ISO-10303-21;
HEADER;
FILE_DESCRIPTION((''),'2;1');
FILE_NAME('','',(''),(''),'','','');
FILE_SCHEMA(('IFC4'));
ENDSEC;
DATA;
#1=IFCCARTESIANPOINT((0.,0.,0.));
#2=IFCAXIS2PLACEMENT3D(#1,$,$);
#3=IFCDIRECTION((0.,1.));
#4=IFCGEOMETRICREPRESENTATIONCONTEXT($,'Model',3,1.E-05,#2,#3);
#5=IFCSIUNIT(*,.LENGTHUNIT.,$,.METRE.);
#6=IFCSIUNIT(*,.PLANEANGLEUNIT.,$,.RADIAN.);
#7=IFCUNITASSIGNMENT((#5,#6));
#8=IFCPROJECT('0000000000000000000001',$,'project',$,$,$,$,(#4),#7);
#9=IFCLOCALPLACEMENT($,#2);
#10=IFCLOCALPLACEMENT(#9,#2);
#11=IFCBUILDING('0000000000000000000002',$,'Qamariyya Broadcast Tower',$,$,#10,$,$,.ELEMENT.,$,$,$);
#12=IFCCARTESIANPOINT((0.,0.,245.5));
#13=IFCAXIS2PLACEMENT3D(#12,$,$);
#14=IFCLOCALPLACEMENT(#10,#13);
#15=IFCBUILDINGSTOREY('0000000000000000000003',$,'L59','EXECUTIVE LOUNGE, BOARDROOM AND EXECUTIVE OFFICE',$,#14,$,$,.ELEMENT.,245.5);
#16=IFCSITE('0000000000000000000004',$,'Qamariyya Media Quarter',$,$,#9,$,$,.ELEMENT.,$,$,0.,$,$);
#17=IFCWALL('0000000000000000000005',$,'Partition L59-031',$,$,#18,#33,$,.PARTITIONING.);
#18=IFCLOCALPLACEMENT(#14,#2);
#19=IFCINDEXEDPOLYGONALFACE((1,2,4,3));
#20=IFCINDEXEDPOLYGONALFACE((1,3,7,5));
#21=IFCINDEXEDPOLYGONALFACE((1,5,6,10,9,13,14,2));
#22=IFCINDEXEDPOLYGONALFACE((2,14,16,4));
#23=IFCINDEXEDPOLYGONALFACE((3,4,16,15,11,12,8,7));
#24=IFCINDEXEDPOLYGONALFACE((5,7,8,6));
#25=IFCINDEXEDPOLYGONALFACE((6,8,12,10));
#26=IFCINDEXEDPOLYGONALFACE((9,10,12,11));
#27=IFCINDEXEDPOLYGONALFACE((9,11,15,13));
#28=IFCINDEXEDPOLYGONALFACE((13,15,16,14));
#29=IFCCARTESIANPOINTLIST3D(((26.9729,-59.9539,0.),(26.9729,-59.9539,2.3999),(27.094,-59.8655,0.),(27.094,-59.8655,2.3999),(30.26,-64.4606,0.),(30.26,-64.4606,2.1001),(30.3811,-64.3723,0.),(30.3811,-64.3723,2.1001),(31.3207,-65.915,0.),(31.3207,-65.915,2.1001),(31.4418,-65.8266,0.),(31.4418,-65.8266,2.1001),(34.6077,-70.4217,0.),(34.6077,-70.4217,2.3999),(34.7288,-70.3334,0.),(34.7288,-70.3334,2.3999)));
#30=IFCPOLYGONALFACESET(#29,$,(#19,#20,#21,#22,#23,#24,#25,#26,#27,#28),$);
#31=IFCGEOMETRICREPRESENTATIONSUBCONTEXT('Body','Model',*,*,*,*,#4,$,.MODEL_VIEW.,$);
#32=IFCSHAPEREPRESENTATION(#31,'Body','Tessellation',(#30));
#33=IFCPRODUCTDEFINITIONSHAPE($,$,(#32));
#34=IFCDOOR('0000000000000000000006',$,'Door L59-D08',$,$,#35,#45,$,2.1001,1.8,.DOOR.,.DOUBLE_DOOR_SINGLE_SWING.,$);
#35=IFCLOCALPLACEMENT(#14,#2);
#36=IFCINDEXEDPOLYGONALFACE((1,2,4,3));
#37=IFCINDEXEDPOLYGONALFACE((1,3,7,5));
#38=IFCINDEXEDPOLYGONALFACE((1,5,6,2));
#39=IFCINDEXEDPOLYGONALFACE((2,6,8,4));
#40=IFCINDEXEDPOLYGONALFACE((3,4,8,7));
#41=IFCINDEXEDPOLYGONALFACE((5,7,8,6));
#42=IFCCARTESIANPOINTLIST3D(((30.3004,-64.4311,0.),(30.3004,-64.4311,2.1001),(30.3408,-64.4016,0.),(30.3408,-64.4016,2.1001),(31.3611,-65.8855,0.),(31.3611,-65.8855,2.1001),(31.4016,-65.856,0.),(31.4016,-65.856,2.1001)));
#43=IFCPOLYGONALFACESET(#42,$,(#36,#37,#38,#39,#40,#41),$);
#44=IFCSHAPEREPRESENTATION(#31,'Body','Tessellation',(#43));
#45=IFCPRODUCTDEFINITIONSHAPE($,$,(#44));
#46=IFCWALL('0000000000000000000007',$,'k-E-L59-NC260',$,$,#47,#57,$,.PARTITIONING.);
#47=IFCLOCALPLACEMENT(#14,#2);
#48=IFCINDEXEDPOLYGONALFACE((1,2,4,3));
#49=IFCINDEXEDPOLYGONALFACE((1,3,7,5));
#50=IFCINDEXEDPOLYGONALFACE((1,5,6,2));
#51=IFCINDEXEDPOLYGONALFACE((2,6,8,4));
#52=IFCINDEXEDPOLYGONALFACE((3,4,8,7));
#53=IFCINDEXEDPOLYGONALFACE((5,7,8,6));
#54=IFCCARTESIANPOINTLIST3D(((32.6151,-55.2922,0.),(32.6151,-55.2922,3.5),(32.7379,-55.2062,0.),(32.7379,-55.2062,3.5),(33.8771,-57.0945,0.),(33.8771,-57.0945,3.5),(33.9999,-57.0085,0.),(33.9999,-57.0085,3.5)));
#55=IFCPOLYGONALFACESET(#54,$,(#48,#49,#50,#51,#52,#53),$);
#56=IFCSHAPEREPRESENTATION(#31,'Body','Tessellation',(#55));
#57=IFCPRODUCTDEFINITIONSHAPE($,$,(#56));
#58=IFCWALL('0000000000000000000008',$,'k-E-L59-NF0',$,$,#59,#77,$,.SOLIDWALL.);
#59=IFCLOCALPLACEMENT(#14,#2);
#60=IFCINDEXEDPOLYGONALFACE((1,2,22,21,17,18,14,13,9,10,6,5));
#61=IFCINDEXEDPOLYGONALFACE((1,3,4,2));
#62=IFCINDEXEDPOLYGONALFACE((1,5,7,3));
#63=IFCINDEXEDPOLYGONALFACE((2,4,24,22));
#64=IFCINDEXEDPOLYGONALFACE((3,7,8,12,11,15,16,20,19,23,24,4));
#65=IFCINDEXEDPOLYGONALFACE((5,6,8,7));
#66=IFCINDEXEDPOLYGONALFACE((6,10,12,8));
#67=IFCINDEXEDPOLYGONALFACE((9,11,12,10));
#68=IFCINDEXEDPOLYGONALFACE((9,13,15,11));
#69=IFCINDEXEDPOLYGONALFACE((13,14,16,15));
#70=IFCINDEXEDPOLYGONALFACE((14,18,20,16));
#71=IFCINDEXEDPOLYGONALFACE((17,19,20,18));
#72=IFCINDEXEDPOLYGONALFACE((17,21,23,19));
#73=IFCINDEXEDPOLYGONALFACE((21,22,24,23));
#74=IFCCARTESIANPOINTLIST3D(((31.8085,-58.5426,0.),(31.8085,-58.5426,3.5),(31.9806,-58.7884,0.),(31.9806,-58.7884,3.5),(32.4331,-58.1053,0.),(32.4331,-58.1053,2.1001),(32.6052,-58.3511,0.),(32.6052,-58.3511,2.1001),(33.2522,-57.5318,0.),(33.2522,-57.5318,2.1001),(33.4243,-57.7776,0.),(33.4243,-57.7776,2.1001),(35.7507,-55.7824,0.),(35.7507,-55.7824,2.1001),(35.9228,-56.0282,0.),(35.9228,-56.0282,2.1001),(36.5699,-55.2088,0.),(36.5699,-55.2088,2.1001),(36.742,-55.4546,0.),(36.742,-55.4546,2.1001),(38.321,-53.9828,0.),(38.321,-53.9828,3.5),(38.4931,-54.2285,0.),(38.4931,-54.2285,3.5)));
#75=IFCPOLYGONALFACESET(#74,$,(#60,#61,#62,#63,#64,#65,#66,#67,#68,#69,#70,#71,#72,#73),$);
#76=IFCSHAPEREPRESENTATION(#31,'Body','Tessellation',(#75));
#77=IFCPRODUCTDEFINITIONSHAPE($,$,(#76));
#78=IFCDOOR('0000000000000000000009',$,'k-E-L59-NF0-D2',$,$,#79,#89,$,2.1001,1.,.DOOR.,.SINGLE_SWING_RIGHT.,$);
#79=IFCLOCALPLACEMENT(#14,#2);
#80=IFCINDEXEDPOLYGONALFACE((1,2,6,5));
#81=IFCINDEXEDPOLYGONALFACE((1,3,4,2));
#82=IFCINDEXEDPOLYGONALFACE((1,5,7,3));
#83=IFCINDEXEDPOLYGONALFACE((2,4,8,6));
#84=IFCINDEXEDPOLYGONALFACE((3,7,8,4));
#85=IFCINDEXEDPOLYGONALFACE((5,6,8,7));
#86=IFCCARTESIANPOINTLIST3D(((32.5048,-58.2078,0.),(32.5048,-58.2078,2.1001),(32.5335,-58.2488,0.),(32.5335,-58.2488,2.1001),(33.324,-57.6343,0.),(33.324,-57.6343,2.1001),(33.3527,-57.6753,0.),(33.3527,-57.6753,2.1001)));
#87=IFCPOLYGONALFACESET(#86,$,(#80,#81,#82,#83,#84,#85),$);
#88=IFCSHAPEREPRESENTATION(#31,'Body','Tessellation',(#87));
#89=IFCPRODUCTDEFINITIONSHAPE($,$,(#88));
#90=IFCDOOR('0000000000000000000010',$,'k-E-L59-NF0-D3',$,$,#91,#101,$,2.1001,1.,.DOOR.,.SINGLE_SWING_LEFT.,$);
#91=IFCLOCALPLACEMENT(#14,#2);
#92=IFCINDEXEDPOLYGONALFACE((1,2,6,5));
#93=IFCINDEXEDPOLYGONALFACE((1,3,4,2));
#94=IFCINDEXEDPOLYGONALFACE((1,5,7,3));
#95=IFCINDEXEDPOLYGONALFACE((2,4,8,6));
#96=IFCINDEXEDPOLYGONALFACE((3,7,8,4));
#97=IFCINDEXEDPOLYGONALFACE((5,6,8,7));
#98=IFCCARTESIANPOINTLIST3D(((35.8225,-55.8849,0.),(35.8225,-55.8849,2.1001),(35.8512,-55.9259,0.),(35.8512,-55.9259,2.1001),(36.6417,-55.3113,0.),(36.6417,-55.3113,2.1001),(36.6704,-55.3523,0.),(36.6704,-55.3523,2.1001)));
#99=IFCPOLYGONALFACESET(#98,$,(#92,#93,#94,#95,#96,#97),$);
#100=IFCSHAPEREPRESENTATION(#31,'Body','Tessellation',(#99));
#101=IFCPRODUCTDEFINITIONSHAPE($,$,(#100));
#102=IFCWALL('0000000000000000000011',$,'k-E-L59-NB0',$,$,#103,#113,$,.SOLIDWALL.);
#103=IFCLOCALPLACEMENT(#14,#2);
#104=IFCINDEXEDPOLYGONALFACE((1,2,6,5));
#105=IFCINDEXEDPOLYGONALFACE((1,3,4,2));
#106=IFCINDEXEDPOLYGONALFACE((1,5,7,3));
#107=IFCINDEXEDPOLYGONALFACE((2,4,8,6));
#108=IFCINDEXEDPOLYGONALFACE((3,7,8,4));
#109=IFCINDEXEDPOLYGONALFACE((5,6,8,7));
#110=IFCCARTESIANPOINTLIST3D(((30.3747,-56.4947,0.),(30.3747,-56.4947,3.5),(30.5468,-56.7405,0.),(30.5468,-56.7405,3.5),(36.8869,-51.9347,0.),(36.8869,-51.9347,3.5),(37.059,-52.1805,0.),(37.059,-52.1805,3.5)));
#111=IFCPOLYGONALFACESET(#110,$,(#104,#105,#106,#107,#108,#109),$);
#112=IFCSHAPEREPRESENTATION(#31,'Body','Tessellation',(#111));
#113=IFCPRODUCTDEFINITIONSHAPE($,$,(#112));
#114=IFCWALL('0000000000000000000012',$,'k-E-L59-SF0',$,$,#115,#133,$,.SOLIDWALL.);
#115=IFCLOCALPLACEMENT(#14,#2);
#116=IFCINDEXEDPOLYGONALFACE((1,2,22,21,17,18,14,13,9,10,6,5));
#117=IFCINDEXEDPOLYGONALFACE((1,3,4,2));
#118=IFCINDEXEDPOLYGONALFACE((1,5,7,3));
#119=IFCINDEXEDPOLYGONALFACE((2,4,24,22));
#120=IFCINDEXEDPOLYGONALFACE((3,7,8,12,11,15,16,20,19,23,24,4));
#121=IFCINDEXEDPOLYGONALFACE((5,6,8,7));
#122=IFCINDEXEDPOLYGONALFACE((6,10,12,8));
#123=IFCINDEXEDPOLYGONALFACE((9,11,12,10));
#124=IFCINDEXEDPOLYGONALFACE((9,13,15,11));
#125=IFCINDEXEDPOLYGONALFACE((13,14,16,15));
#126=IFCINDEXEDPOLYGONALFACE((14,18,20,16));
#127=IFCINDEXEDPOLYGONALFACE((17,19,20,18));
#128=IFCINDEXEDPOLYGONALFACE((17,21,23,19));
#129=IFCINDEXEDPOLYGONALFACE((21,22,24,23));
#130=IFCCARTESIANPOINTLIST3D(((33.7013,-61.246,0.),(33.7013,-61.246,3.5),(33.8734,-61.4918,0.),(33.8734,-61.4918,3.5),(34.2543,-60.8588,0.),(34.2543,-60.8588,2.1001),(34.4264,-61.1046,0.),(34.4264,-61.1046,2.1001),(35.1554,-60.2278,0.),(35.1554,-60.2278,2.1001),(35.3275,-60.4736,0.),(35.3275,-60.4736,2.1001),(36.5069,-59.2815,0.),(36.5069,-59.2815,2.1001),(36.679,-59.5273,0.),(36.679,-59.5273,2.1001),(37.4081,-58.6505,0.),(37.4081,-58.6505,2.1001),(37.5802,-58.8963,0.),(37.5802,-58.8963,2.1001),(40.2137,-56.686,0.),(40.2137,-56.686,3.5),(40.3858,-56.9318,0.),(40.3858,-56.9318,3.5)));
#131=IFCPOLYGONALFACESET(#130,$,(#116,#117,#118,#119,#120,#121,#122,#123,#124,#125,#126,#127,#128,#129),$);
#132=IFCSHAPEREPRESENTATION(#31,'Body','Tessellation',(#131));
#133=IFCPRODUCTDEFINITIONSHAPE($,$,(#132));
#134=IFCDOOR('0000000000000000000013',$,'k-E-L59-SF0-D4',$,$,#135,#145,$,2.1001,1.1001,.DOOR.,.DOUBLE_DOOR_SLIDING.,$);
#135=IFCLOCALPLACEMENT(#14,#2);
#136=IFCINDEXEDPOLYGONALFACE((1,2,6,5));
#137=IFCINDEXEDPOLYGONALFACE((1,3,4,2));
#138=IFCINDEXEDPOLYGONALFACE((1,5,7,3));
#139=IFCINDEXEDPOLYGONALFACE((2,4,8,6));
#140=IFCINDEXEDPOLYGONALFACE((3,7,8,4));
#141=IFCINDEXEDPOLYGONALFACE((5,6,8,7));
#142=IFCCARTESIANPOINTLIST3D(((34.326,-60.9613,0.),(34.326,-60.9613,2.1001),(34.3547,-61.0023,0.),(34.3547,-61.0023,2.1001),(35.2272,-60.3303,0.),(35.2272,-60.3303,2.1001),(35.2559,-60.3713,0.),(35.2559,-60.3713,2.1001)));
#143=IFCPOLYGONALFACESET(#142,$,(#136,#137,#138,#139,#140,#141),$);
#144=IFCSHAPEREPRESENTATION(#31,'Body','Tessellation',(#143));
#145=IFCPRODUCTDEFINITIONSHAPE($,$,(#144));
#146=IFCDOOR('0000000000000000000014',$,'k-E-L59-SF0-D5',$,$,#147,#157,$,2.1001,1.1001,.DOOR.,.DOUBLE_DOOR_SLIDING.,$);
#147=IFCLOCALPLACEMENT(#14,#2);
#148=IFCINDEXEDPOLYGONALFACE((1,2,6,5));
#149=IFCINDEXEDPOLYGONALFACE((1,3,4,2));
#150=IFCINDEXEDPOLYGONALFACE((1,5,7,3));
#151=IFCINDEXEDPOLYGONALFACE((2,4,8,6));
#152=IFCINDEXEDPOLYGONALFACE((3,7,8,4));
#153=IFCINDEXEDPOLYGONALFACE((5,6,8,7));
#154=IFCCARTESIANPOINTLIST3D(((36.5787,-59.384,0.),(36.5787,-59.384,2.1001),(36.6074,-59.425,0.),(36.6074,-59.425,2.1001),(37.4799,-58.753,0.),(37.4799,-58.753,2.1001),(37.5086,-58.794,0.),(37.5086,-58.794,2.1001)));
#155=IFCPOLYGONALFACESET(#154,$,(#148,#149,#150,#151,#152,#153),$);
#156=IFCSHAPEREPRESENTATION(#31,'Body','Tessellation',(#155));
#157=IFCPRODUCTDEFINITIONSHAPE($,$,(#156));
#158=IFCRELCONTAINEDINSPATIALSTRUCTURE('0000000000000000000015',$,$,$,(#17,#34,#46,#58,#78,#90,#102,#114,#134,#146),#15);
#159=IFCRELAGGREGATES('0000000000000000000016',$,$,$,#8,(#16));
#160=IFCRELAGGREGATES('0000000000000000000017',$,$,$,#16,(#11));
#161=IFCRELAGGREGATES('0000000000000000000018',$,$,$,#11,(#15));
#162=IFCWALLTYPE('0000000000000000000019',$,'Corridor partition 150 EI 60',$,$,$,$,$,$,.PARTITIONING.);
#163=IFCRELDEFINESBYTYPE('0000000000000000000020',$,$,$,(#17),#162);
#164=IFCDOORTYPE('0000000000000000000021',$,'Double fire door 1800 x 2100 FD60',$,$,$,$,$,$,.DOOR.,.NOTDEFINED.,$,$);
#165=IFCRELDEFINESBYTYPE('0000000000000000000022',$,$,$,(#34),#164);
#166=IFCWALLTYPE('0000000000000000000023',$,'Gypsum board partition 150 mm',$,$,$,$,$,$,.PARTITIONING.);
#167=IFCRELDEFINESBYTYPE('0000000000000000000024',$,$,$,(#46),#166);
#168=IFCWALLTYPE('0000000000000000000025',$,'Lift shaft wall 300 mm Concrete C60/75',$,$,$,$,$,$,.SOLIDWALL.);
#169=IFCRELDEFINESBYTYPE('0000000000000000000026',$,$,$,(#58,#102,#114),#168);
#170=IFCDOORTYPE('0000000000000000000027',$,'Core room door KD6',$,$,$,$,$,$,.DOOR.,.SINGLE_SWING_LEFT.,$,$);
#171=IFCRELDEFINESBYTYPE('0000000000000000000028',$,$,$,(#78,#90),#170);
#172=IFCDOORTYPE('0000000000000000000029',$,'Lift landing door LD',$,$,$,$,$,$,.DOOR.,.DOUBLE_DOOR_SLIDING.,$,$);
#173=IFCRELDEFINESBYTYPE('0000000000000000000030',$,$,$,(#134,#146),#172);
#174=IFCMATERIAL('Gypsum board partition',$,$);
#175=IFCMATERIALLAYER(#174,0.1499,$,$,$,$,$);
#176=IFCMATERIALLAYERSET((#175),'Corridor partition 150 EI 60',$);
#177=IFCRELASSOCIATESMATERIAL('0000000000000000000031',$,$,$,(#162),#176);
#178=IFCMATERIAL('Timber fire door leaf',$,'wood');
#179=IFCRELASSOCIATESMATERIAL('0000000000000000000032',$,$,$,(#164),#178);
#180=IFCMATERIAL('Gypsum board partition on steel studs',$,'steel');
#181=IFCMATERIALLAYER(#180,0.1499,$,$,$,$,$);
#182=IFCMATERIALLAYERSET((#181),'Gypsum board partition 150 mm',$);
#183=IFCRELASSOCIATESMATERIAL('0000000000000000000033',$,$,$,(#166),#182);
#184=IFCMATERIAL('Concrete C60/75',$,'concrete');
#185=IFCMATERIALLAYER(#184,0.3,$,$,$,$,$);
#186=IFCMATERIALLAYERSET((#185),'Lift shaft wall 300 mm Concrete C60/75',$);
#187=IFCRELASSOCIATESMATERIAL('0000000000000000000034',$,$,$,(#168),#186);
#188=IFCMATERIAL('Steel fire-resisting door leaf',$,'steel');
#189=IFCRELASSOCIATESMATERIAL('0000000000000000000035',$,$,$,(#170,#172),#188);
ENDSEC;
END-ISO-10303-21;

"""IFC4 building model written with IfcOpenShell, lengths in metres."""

from ifc_helpers import new_model, si_unit, direction, frame, frame_2d, origin, place, context, subcontext, project, spatial, rectangle, extrude, material, layer, layer_set, type_object, element, fill, save


model = new_model("IFC4")

# Units and contexts
model_context = context("Model", 3, precision=1e-05, world=origin(), true_north=direction((0.0, 1.0)))
body_context = subcontext(model_context, "Body", "Model", "MODEL_VIEW")
ifc_project = project(units=[si_unit("LENGTHUNIT", "METRE"), si_unit("PLANEANGLEUNIT", "RADIAN")], contexts=[model_context])

# Site, building, storey
site_placement = place(None, origin())
site = spatial("IfcSite", under=ifc_project, at=site_placement, Name="Qamariyya Media Quarter", CompositionType="ELEMENT", RefElevation=0.0)
building_placement = place(site_placement, origin())
building = spatial("IfcBuilding", under=site, at=building_placement, Name="Qamariyya Broadcast Tower", CompositionType="ELEMENT")
storey_placement = place(building_placement, frame((0.0, 0.0, 245.5)))
storey = spatial("IfcBuildingStorey", under=building, at=storey_placement, Name="L59", Description="EXECUTIVE LOUNGE, BOARDROOM AND EXECUTIVE OFFICE", CompositionType="ELEMENT", Elevation=245.5)

# Shared definitions
ifc_material_1 = material(Name="Concrete C60/75", Category="concrete")

# Shared definitions
ifc_material_2 = material(Name="Steel fire-resisting door leaf", Category="steel")

# Wall, opening, door
ifc_material_3 = material(Name="Gypsum board partition")
ifc_layer_1 = layer(ifc_material_3, 0.1499)
ifc_layer_set_1 = layer_set([ifc_layer_1], Name="Corridor partition 150 EI 60")
wall_type_1 = type_object("IfcWallType", Name="Corridor partition 150 EI 60", PredefinedType="PARTITIONING", material=ifc_layer_set_1)
wall_1_placement = place(storey_placement, frame((34.6682, -70.3774, 0.0), z_axis=(0.0, 0.0, 1.0), x_axis=(-0.589274, 0.807934, 0.0)))
wall_1 = element("IfcWall", 1, at=wall_1_placement, inside=storey, type_object=wall_type_1, Name="Partition L59-031", PredefinedType="PARTITIONING", context=body_context, shape_type="SweptSolid", body=[
    extrude(rectangle(XDim=12.9563, YDim=0.1499, at=frame_2d((6.478, 0.0))), origin(), (0.0, 0.0, 1.0), 2.3999),
])
opening_1_placement = place(wall_1_placement, frame((5.5781, 0.0, 0.0)))
opening_1 = element("IfcOpeningElement", 2, at=opening_1_placement, cuts=wall_1, PredefinedType="OPENING", context=body_context, shape_type="SweptSolid", body=[
    extrude(rectangle(XDim=1.8, YDim=2.1001, at=frame_2d((0.8999, 1.05))), frame((0.0, 0.085, 0.0), z_axis=(0.0, -1.0, 0.0), x_axis=(1.0, 0.0, 0.0)), (0.0, 0.0, 1.0), 0.1699),
])
ifc_material_4 = material(Name="Timber fire door leaf", Category="wood")
door_type_1 = type_object("IfcDoorType", Name="Double fire door 1800 x 2100 FD60", OperationType="NOTDEFINED", PredefinedType="DOOR", material=ifc_material_4)
door_1_placement = place(opening_1_placement, origin())
door_1 = element("IfcDoor", 3, at=door_1_placement, inside=storey, type_object=door_type_1, Name="Door L59-D08", OperationType="DOUBLE_DOOR_SINGLE_SWING", OverallHeight=2.1001, OverallWidth=1.8, PredefinedType="DOOR", context=body_context, shape_type="SweptSolid", body=[
    extrude(rectangle(XDim=1.8, YDim=2.1001, at=frame_2d((0.8999, 1.05))), frame((0.0, 0.0249, 0.0), z_axis=(0.0, -1.0, 0.0), x_axis=(1.0, 0.0, 0.0)), (0.0, 0.0, 1.0), 0.05),
])
fill(opening_1, door_1)

# Wall
ifc_material_5 = material(Name="Gypsum board partition on steel studs", Category="steel")
ifc_layer_2 = layer(ifc_material_5, 0.1499)
ifc_layer_set_2 = layer_set([ifc_layer_2], Name="Gypsum board partition 150 mm")
wall_type_2 = type_object("IfcWallType", Name="Gypsum board partition 150 mm", PredefinedType="PARTITIONING", material=ifc_layer_set_2)
wall_2_placement = place(storey_placement, frame((33.9385, -57.0515, 0.0), z_axis=(0.0, 0.0, 1.0), x_axis=(-0.573581, 0.819149, 0.0)))
element("IfcWall", 4, at=wall_2_placement, inside=storey, type_object=wall_type_2, Name="k-E-L59-NC260", PredefinedType="PARTITIONING", context=body_context, shape_type="SweptSolid", body=[
    extrude(rectangle(XDim=2.2002, YDim=0.1499, at=frame_2d((1.1001, 0.0))), origin(), (0.0, 0.0, 1.0), 3.5),
])

# Wall, openings, doors
ifc_layer_3 = layer(ifc_material_1, 0.3)
ifc_layer_set_3 = layer_set([ifc_layer_3], Name="Lift shaft wall 300 mm Concrete C60/75")
wall_type_3 = type_object("IfcWallType", Name="Lift shaft wall 300 mm Concrete C60/75", PredefinedType="SOLIDWALL", material=ifc_layer_set_3)
wall_3_placement = place(storey_placement, frame((31.8945, -58.6655, 0.0), z_axis=(0.0, 0.0, 1.0), x_axis=(0.819167, 0.573555, 0.0)))
wall_3 = element("IfcWall", 5, at=wall_3_placement, inside=storey, type_object=wall_type_3, Name="k-E-L59-NF0", PredefinedType="SOLIDWALL", context=body_context, shape_type="SweptSolid", body=[
    extrude(rectangle(XDim=7.9502, YDim=0.3, at=frame_2d((3.9751, 0.0))), origin(), (0.0, 0.0, 1.0), 3.5),
])
opening_2_placement = place(wall_3_placement, frame((0.7625, 0.0, 0.0)))
opening_2 = element("IfcOpeningElement", 6, at=opening_2_placement, cuts=wall_3, PredefinedType="OPENING", context=body_context, shape_type="SweptSolid", body=[
    extrude(rectangle(XDim=1.0, YDim=2.1001, at=frame_2d((0.5, 1.05))), frame((0.0, 0.1599, 0.0), z_axis=(0.0, -1.0, 0.0), x_axis=(1.0, 0.0, 0.0)), (0.0, 0.0, 1.0), 0.3201),
])
opening_3_placement = place(wall_3_placement, frame((4.8125, 0.0, 0.0)))
opening_3 = element("IfcOpeningElement", 7, at=opening_3_placement, cuts=wall_3, PredefinedType="OPENING", context=body_context, shape_type="SweptSolid", body=[
    extrude(rectangle(XDim=1.0, YDim=2.1001, at=frame_2d((0.5, 1.05))), frame((0.0, 0.1599, 0.0), z_axis=(0.0, -1.0, 0.0), x_axis=(1.0, 0.0, 0.0)), (0.0, 0.0, 1.0), 0.3201),
])
door_type_2 = type_object("IfcDoorType", Name="Core room door KD6", OperationType="SINGLE_SWING_LEFT", PredefinedType="DOOR", material=ifc_material_2)
door_2_placement = place(opening_2_placement, origin())
door_2 = element("IfcDoor", 8, at=door_2_placement, inside=storey, type_object=door_type_2, Name="k-E-L59-NF0-D2", OperationType="SINGLE_SWING_RIGHT", OverallHeight=2.1001, OverallWidth=1.0, PredefinedType="DOOR", context=body_context, shape_type="SweptSolid", body=[
    extrude(rectangle(XDim=1.0, YDim=2.1001, at=frame_2d((0.5, 1.05))), frame((0.0, 0.0249, 0.0), z_axis=(0.0, -1.0, 0.0), x_axis=(1.0, 0.0, 0.0)), (0.0, 0.0, 1.0), 0.05),
])
fill(opening_2, door_2)
door_3_placement = place(opening_3_placement, origin())
door_3 = element("IfcDoor", 9, at=door_3_placement, inside=storey, type_object=door_type_2, Name="k-E-L59-NF0-D3", OperationType="SINGLE_SWING_LEFT", OverallHeight=2.1001, OverallWidth=1.0, PredefinedType="DOOR", context=body_context, shape_type="SweptSolid", body=[
    extrude(rectangle(XDim=1.0, YDim=2.1001, at=frame_2d((0.5, 1.05))), frame((0.0, 0.0249, 0.0), z_axis=(0.0, -1.0, 0.0), x_axis=(1.0, 0.0, 0.0)), (0.0, 0.0, 1.0), 0.05),
])
fill(opening_3, door_3)

# Wall
wall_4_placement = place(storey_placement, frame((30.4607, -56.6177, 0.0), z_axis=(0.0, 0.0, 1.0), x_axis=(0.819142, 0.57359, 0.0)))
element("IfcWall", 10, at=wall_4_placement, inside=storey, type_object=wall_type_3, Name="k-E-L59-NB0", PredefinedType="SOLIDWALL", context=body_context, shape_type="SweptSolid", body=[
    extrude(rectangle(XDim=7.95, YDim=0.3, at=frame_2d((3.9751, 0.0))), origin(), (0.0, 0.0, 1.0), 3.5),
])

# Wall, openings, doors
wall_5_placement = place(storey_placement, frame((33.7874, -61.3689, 0.0), z_axis=(0.0, 0.0, 1.0), x_axis=(0.819153, 0.573576, 0.0)))
wall_5 = element("IfcWall", 11, at=wall_5_placement, inside=storey, type_object=wall_type_3, Name="k-E-L59-SF0", PredefinedType="SOLIDWALL", context=body_context, shape_type="SweptSolid", body=[
    extrude(rectangle(XDim=7.9502, YDim=0.3, at=frame_2d((3.9751, 0.0))), origin(), (0.0, 0.0, 1.0), 3.5),
])
opening_4_placement = place(wall_5_placement, frame((0.675, 0.0, 0.0)))
opening_4 = element("IfcOpeningElement", 12, at=opening_4_placement, cuts=wall_5, PredefinedType="OPENING", context=body_context, shape_type="SweptSolid", body=[
    extrude(rectangle(XDim=1.1001, YDim=2.1001, at=frame_2d((0.55, 1.05))), frame((0.0, 0.1599, 0.0), z_axis=(0.0, -1.0, 0.0), x_axis=(1.0, 0.0, 0.0)), (0.0, 0.0, 1.0), 0.3201),
])
opening_5_placement = place(wall_5_placement, frame((3.425, 0.0, 0.0)))
opening_5 = element("IfcOpeningElement", 13, at=opening_5_placement, cuts=wall_5, PredefinedType="OPENING", context=body_context, shape_type="SweptSolid", body=[
    extrude(rectangle(XDim=1.1001, YDim=2.1001, at=frame_2d((0.55, 1.05))), frame((0.0, 0.1599, 0.0), z_axis=(0.0, -1.0, 0.0), x_axis=(1.0, 0.0, 0.0)), (0.0, 0.0, 1.0), 0.3201),
])
door_type_3 = type_object("IfcDoorType", Name="Lift landing door LD", OperationType="DOUBLE_DOOR_SLIDING", PredefinedType="DOOR", material=ifc_material_2)
door_4_placement = place(opening_4_placement, origin())
door_4 = element("IfcDoor", 14, at=door_4_placement, inside=storey, type_object=door_type_3, Name="k-E-L59-SF0-D4", OperationType="DOUBLE_DOOR_SLIDING", OverallHeight=2.1001, OverallWidth=1.1001, PredefinedType="DOOR", context=body_context, shape_type="SweptSolid", body=[
    extrude(rectangle(XDim=1.1001, YDim=2.1001, at=frame_2d((0.55, 1.05))), frame((0.0, 0.0249, 0.0), z_axis=(0.0, -1.0, 0.0), x_axis=(1.0, 0.0, 0.0)), (0.0, 0.0, 1.0), 0.05),
])
fill(opening_4, door_4)
door_5_placement = place(opening_5_placement, origin())
door_5 = element("IfcDoor", 15, at=door_5_placement, inside=storey, type_object=door_type_3, Name="k-E-L59-SF0-D5", OperationType="DOUBLE_DOOR_SLIDING", OverallHeight=2.1001, OverallWidth=1.1001, PredefinedType="DOOR", context=body_context, shape_type="SweptSolid", body=[
    extrude(rectangle(XDim=1.1001, YDim=2.1001, at=frame_2d((0.55, 1.05))), frame((0.0, 0.0249, 0.0), z_axis=(0.0, -1.0, 0.0), x_axis=(1.0, 0.0, 0.0)), (0.0, 0.0, 1.0), 0.05),
])
fill(opening_5, door_5)

save(model, "model.ifc")
